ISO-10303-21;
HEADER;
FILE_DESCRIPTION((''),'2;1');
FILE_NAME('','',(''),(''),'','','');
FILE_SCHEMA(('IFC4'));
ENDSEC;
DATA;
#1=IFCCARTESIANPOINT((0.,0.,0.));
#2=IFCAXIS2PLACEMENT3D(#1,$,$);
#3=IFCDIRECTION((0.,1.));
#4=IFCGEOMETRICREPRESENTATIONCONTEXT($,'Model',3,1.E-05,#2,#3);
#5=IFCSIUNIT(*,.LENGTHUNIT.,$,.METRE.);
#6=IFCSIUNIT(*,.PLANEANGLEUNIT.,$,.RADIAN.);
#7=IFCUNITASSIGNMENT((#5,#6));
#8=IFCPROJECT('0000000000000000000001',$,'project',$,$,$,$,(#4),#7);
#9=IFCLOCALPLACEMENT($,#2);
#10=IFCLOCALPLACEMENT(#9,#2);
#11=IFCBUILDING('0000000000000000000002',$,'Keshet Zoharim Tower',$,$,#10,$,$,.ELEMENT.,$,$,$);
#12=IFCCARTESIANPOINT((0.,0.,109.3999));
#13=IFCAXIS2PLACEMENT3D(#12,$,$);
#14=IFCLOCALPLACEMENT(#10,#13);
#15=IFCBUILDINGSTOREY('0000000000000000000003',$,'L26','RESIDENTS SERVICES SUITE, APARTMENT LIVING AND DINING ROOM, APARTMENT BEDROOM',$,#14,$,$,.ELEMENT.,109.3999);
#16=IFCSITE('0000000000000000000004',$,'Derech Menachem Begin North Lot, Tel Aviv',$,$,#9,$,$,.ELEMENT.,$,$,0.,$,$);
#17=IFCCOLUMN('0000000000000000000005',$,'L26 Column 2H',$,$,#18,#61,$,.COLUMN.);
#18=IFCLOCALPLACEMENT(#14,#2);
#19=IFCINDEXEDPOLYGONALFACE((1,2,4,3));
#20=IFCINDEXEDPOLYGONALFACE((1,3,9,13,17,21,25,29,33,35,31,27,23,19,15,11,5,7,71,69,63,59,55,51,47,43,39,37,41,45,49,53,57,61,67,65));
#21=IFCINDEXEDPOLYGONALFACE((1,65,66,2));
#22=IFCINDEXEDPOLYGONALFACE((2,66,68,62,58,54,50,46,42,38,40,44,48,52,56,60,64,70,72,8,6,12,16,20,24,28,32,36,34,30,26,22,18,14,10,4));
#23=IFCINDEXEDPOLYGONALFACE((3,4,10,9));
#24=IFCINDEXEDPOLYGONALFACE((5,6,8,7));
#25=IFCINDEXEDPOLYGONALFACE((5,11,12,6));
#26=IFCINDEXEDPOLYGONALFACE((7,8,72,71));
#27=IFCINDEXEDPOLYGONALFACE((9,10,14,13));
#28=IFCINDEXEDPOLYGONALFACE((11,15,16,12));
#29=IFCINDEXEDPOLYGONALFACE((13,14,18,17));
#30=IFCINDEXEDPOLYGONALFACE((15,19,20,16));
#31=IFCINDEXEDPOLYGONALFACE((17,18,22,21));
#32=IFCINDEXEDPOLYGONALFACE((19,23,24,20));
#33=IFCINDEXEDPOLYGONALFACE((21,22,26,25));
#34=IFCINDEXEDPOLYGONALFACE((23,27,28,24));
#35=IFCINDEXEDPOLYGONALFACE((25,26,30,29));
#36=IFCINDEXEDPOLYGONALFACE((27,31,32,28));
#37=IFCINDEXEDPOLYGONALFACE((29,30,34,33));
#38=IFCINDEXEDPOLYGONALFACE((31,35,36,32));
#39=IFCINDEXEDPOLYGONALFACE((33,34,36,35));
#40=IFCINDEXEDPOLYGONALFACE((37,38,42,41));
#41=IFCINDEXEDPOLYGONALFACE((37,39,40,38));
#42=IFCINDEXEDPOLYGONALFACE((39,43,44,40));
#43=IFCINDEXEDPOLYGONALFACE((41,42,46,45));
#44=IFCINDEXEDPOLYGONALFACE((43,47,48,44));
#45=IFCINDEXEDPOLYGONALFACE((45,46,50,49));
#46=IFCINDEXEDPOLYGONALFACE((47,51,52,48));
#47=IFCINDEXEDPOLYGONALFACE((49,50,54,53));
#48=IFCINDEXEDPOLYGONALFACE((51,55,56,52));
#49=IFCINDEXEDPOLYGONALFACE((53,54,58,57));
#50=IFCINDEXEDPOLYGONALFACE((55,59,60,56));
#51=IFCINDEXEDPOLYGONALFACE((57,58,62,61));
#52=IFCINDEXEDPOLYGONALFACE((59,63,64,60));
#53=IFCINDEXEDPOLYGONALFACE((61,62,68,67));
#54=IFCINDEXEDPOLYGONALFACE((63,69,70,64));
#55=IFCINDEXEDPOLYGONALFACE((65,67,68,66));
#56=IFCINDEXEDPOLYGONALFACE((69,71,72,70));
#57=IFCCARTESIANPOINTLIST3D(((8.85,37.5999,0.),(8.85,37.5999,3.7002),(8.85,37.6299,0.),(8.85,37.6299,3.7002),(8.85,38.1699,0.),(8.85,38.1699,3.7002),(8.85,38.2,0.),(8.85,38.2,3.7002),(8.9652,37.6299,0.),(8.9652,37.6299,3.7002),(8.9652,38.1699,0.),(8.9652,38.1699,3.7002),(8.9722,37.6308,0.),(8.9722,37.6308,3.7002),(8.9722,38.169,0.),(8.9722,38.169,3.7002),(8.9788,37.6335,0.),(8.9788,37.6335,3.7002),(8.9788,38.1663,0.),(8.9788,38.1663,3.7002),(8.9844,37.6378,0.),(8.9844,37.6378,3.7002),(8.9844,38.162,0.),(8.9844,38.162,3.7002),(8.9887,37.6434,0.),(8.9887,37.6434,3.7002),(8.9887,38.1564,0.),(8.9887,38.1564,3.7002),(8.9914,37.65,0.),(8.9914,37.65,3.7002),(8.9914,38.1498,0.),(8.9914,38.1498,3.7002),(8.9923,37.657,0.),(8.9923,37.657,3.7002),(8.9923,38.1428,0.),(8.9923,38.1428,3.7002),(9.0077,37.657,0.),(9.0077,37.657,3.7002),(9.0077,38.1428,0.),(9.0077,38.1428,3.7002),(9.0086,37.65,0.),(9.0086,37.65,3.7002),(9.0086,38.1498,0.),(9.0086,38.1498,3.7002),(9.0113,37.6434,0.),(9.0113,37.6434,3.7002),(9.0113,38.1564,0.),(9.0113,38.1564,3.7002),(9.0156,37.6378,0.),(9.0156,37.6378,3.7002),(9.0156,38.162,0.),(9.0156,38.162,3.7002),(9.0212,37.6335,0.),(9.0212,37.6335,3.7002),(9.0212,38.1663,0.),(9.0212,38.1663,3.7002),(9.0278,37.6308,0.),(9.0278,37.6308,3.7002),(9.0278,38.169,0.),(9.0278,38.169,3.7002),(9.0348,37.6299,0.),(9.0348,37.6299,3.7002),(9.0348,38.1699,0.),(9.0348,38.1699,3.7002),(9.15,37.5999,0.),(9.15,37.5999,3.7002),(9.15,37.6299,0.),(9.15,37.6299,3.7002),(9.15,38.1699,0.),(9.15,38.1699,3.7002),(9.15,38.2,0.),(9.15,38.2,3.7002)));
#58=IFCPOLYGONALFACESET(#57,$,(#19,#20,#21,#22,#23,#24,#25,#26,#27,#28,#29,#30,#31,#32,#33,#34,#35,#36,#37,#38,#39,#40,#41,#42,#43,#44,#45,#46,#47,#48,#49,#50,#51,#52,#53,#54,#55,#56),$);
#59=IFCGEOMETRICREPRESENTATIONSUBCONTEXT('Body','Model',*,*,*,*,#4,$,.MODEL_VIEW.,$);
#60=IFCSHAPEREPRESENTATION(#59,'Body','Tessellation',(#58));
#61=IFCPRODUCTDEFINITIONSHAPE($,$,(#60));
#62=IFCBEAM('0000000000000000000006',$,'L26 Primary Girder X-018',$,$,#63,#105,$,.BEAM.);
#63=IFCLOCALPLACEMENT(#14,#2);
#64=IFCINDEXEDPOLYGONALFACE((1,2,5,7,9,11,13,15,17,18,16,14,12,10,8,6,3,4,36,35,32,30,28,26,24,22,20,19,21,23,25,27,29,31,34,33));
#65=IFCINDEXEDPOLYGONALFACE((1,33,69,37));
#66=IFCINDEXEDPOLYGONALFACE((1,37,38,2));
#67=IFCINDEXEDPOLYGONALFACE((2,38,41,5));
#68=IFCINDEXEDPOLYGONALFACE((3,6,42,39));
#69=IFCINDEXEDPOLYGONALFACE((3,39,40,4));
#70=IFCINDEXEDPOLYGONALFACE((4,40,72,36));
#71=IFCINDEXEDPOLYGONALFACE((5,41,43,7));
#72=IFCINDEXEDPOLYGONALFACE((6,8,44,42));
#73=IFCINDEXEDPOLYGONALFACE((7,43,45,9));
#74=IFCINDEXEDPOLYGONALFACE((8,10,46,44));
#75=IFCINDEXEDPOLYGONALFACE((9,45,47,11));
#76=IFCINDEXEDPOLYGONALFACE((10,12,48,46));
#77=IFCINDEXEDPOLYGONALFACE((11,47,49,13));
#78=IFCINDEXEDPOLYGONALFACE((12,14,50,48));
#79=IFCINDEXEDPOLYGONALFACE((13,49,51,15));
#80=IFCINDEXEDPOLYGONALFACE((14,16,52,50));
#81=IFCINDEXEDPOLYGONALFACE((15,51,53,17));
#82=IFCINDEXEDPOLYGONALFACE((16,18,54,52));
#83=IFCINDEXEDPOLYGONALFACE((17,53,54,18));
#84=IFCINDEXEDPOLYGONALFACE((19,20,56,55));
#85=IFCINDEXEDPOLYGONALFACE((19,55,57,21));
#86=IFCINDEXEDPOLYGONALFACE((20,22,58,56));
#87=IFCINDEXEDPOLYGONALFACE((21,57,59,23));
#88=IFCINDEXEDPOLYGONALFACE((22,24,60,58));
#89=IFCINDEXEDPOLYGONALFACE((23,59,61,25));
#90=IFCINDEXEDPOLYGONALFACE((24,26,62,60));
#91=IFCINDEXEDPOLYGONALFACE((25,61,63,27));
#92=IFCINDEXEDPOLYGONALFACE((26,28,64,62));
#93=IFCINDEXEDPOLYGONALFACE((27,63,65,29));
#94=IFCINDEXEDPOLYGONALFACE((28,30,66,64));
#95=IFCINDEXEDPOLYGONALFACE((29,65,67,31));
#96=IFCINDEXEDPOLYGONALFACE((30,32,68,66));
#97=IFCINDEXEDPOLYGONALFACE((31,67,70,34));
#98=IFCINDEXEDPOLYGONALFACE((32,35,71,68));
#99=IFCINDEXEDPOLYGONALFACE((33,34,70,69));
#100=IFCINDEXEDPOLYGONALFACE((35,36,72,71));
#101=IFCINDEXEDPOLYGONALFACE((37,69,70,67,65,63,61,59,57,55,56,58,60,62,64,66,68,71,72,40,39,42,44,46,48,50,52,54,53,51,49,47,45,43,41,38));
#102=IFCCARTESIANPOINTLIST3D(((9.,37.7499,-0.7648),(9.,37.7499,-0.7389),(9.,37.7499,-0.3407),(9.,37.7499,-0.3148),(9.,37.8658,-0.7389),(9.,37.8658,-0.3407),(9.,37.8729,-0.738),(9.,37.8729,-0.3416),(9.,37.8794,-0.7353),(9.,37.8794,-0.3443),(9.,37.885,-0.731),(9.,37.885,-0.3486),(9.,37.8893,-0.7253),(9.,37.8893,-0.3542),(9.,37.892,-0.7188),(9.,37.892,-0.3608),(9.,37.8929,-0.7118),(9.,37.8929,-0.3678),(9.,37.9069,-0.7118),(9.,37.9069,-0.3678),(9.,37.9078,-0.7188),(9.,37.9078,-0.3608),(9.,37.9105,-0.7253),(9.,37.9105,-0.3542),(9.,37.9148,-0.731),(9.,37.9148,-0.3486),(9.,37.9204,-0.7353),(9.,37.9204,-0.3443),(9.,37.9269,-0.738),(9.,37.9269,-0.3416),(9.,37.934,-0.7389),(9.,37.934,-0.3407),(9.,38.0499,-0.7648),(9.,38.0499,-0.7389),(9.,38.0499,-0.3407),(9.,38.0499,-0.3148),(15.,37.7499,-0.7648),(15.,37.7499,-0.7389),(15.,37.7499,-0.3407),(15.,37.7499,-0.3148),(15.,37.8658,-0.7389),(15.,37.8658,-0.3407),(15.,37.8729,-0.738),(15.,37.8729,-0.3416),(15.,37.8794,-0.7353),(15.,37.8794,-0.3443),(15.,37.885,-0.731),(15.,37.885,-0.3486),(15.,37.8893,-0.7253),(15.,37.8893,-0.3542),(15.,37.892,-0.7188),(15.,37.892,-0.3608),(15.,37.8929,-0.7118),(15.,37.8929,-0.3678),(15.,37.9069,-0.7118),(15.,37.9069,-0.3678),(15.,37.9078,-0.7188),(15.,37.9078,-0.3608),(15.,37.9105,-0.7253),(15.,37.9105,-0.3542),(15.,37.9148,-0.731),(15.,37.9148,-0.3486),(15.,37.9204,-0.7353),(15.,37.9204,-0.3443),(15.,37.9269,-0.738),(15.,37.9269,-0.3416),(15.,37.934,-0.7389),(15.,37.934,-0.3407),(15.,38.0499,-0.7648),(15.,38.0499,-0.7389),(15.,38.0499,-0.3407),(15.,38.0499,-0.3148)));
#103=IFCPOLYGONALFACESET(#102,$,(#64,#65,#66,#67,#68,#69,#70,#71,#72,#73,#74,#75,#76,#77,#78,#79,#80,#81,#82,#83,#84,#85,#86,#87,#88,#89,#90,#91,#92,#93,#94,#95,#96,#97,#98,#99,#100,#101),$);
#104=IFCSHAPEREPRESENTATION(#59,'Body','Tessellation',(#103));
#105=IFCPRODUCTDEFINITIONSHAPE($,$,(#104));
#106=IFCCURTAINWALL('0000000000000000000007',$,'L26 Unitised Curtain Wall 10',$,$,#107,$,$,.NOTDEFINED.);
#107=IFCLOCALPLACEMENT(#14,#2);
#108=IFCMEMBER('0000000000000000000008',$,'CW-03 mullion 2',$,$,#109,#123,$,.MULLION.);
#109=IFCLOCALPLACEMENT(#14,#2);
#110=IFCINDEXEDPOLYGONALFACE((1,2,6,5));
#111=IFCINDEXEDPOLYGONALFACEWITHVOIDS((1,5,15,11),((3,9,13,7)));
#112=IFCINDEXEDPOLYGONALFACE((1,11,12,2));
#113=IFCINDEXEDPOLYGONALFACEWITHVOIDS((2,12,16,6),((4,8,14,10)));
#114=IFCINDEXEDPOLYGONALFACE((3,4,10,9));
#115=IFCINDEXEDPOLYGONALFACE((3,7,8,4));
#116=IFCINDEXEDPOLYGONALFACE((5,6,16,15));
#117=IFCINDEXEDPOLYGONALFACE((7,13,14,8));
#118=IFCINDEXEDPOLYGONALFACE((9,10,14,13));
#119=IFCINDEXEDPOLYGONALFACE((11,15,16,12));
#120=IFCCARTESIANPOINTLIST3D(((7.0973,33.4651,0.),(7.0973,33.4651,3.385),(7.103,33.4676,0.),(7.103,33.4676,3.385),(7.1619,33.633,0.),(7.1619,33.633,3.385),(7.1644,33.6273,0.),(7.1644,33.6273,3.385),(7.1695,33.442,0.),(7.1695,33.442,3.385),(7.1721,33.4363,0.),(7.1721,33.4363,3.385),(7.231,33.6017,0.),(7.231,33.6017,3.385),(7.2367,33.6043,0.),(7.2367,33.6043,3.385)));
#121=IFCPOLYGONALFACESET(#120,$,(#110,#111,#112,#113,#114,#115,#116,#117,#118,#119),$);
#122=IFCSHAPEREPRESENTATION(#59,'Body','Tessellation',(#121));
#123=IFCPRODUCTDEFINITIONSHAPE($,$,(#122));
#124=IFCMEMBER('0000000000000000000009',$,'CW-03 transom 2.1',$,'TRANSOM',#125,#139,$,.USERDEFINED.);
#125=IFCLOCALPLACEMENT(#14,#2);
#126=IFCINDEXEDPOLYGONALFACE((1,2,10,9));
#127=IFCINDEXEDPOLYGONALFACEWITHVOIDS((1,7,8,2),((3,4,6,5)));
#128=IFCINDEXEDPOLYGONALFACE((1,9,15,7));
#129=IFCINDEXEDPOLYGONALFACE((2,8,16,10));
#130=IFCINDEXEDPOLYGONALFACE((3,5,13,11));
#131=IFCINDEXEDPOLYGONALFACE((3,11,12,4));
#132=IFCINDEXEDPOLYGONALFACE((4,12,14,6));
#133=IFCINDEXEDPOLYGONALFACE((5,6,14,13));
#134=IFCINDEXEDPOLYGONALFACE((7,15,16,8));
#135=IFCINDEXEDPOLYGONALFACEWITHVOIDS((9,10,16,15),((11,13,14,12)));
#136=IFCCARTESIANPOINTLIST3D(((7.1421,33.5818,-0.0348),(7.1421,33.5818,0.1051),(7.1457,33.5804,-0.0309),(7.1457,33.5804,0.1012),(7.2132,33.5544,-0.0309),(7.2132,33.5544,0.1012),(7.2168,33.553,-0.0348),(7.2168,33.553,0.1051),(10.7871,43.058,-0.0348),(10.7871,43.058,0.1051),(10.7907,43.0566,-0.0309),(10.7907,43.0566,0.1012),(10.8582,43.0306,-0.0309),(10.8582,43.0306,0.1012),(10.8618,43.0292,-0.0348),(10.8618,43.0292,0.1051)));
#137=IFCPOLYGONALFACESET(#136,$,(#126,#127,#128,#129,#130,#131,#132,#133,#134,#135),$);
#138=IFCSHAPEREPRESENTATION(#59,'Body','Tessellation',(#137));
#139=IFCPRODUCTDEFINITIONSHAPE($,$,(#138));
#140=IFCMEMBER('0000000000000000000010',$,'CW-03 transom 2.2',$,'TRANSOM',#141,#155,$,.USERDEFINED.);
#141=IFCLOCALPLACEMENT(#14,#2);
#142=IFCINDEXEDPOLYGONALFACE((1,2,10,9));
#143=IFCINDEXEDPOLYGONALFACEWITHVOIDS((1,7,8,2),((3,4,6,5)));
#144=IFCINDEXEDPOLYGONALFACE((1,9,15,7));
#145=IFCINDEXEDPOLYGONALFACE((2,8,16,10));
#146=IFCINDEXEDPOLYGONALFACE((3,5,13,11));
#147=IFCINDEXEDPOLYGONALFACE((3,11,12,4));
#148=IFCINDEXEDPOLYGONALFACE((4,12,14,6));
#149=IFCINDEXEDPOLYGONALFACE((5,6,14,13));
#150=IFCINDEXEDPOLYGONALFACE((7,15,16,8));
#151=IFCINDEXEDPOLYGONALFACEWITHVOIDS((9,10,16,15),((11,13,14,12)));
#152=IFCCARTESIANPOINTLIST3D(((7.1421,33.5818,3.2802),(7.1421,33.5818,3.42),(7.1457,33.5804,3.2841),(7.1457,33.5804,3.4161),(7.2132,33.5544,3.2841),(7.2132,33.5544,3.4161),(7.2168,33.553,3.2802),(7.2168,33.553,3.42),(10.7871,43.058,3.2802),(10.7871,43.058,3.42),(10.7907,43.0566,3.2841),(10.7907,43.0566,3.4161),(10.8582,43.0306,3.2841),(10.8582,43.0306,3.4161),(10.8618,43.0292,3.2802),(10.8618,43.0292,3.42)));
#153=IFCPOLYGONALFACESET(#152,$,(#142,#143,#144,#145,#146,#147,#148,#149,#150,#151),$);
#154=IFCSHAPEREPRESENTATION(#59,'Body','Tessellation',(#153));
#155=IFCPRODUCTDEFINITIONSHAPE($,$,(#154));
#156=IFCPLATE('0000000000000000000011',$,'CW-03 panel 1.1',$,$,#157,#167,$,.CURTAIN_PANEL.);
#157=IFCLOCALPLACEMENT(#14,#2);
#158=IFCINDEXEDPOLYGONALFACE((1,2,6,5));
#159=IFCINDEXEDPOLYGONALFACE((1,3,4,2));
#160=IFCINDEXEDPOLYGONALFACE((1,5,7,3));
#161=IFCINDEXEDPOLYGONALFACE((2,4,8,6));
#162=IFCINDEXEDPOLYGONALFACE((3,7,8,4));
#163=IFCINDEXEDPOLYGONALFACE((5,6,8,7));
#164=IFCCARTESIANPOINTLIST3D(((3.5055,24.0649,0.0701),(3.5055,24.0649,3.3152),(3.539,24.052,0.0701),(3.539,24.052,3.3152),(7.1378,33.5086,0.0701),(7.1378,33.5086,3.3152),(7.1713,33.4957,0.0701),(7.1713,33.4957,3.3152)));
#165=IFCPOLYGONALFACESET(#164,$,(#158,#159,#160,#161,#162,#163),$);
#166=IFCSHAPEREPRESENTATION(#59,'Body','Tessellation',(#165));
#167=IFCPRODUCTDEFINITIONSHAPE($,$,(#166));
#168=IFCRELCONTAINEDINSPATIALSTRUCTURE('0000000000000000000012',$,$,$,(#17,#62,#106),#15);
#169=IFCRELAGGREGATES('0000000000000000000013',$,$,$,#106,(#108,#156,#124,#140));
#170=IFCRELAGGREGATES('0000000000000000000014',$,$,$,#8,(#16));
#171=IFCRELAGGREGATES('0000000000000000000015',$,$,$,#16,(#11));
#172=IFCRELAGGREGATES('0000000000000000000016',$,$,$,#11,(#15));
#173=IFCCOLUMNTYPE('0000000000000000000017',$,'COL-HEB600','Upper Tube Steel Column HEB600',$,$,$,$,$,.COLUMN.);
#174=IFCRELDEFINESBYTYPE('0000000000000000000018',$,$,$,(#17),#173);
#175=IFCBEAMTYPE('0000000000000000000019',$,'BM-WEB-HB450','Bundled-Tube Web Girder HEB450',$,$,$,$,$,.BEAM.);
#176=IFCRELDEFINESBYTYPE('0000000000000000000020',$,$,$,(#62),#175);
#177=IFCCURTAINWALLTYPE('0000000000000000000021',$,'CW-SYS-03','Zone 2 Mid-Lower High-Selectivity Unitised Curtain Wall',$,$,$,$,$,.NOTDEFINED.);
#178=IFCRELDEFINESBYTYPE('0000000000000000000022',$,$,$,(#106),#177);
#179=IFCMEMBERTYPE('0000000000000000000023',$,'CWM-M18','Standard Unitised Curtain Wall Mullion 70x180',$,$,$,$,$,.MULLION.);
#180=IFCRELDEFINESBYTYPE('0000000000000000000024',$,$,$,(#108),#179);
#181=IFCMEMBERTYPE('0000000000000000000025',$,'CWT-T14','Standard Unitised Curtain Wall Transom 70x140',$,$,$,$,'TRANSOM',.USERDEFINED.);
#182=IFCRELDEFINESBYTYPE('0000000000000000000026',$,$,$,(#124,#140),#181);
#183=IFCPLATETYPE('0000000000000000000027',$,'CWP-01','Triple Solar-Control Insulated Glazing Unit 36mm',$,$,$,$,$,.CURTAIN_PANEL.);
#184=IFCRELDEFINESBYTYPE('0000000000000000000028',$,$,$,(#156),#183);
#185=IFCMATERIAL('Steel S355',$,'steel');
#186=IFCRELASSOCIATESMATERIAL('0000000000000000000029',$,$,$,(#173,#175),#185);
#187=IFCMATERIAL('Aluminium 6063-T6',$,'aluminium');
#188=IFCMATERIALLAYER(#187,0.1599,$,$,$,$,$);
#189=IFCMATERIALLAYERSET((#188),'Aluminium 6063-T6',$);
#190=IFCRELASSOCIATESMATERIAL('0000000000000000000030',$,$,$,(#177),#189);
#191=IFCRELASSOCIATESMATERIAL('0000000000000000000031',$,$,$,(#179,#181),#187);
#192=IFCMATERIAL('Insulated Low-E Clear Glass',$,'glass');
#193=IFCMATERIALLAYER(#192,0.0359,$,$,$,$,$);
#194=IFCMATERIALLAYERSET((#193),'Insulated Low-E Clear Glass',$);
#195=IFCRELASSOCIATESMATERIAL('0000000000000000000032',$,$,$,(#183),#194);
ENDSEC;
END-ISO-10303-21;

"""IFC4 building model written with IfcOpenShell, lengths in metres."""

from ifc_helpers import new_model, si_unit, direction, frame, origin, origin_2d, place, context, subcontext, project, spatial, rectangle, hollow_rectangle, i_section, extrude, material, layer, layer_set, material_profile, profile_set, type_object, element, aggregate, save


model = new_model("IFC4")

# Units and contexts
model_context = context("Model", 3, precision=1e-05, world=origin(), true_north=direction((0.0, 1.0)))
body_context = subcontext(model_context, "Body", "Model", "MODEL_VIEW")
ifc_project = project(units=[si_unit("LENGTHUNIT", "METRE"), si_unit("PLANEANGLEUNIT", "RADIAN")], contexts=[model_context])

# Site, building, storey
site_placement = place(None, origin())
site = spatial("IfcSite", under=ifc_project, at=site_placement, Name="Derech Menachem Begin North Lot, Tel Aviv", CompositionType="ELEMENT", RefElevation=0.0)
building_placement = place(site_placement, origin())
building = spatial("IfcBuilding", under=site, at=building_placement, Name="Keshet Zoharim Tower", CompositionType="ELEMENT")
storey_placement = place(building_placement, frame((0.0, 0.0, 109.3999)))
storey = spatial("IfcBuildingStorey", under=building, at=storey_placement, Name="L26", Description="RESIDENTS SERVICES SUITE, APARTMENT LIVING AND DINING ROOM, APARTMENT BEDROOM", CompositionType="ELEMENT", Elevation=109.3999)

# Column
ifc_material_1 = material(Name="Steel S355", Category="steel")
ifc_material_profile_1 = material_profile(ifc_material_1, i_section(OverallWidth=0.3, OverallDepth=0.6001, WebThickness=0.0154, FlangeThickness=0.03, FilletRadius=0.0271, at=origin_2d()), Name="HEB600")
ifc_profile_set_1 = profile_set([ifc_material_profile_1], Name="Steel S355")
column_type = type_object("IfcColumnType", Name="COL-HEB600", Description="Upper Tube Steel Column HEB600", PredefinedType="COLUMN", material=ifc_profile_set_1)
column_placement = place(storey_placement, frame((9.0, 37.8999, 0.0), z_axis=(0.0, 0.0, 1.0), x_axis=(1.0, 0.0, 0.0)))
element("IfcColumn", 1, at=column_placement, inside=storey, type_object=column_type, Name="L26 Column 2H", PredefinedType="COLUMN", context=body_context, shape_type="SweptSolid", body=[
    extrude(i_section(OverallWidth=0.3, OverallDepth=0.6001, WebThickness=0.0154, FlangeThickness=0.03, FilletRadius=0.0271, at=origin_2d()), origin(), (0.0, 0.0, 1.0), 3.7002),
])

# Beam
ifc_material_profile_2 = material_profile(ifc_material_1, i_section(OverallWidth=0.3, OverallDepth=0.45, WebThickness=0.0139, FlangeThickness=0.0259, FilletRadius=0.0271, at=origin_2d()), Name="HEB450")
ifc_profile_set_2 = profile_set([ifc_material_profile_2], Name="Steel S355")
beam_type = type_object("IfcBeamType", Name="BM-WEB-HB450", Description="Bundled-Tube Web Girder HEB450", PredefinedType="BEAM", material=ifc_profile_set_2)
beam_placement = place(storey_placement, frame((9.0, 37.8999, -0.5398), z_axis=(1.0, 0.0, 0.0), x_axis=(0.0, 1.0, 0.0)))
element("IfcBeam", 2, at=beam_placement, inside=storey, type_object=beam_type, Name="L26 Primary Girder X-018", PredefinedType="BEAM", context=body_context, shape_type="SweptSolid", body=[
    extrude(i_section(OverallWidth=0.3, OverallDepth=0.45, WebThickness=0.0139, FlangeThickness=0.0259, FilletRadius=0.0271, at=origin_2d()), origin(), (0.0, 0.0, 1.0), 6.0),
])

# Curtain wall, members, plate
ifc_material_2 = material(Name="Aluminium 6063-T6", Category="aluminium")
ifc_layer_1 = layer(ifc_material_2, 0.1599)
ifc_layer_set_1 = layer_set([ifc_layer_1], Name="Aluminium 6063-T6")
curtain_wall_type = type_object("IfcCurtainWallType", Name="CW-SYS-03", Description="Zone 2 Mid-Lower High-Selectivity Unitised Curtain Wall", PredefinedType="NOTDEFINED", material=ifc_layer_set_1)
curtain_wall_placement = place(storey_placement, origin())
curtain_wall = element("IfcCurtainWall", 3, at=curtain_wall_placement, inside=storey, type_object=curtain_wall_type, Name="L26 Unitised Curtain Wall 10", PredefinedType="NOTDEFINED")
ifc_material_profile_3 = material_profile(ifc_material_2, hollow_rectangle(XDim=0.0801, YDim=0.1799, WallThickness=0.0044, at=origin_2d()), Name="MUL-80x180")
ifc_profile_set_3 = profile_set([ifc_material_profile_3], Name="Aluminium 6063-T6")
member_type_1 = type_object("IfcMemberType", Name="CWM-M18", Description="Standard Unitised Curtain Wall Mullion 70x180", PredefinedType="MULLION", material=ifc_profile_set_3)
member_1_placement = place(storey_placement, frame((7.167, 33.5347, 0.0), z_axis=(0.0, 0.0, 1.0), x_axis=(-0.933341, 0.35899, 0.0)))
member_1 = element("IfcMember", 4, at=member_1_placement, type_object=member_type_1, Name="CW-03 mullion 2", PredefinedType="MULLION", context=body_context, shape_type="SweptSolid", body=[
    extrude(hollow_rectangle(XDim=0.0801, YDim=0.1799, WallThickness=0.0044, at=origin_2d()), origin(), (0.0, 0.0, 1.0), 3.385),
])
ifc_material_profile_4 = material_profile(ifc_material_2, hollow_rectangle(XDim=0.0801, YDim=0.1399, WallThickness=0.0039, at=origin_2d()), Name="TRN-80x140")
ifc_profile_set_4 = profile_set([ifc_material_profile_4], Name="Aluminium 6063-T6")
member_type_2 = type_object("IfcMemberType", Name="CWT-T14", Description="Standard Unitised Curtain Wall Transom 70x140", ElementType="TRANSOM", PredefinedType="USERDEFINED", material=ifc_profile_set_4)
member_2_placement = place(storey_placement, frame((7.1794, 33.5674, 0.0352), z_axis=(0.359003, 0.933336, 0.0), x_axis=(-0.933336, 0.359003, 0.0)))
member_2 = element("IfcMember", 5, at=member_2_placement, type_object=member_type_2, Name="CW-03 transom 2.1", ObjectType="TRANSOM", PredefinedType="USERDEFINED", context=body_context, shape_type="SweptSolid", body=[
    extrude(hollow_rectangle(XDim=0.0801, YDim=0.1399, WallThickness=0.0039, at=origin_2d()), origin(), (0.0, 0.0, 1.0), 10.1531),
])
member_3_placement = place(storey_placement, frame((7.1794, 33.5674, 3.3501), z_axis=(0.359003, 0.933336, 0.0), x_axis=(-0.933336, 0.359003, 0.0)))
member_3 = element("IfcMember", 6, at=member_3_placement, type_object=member_type_2, Name="CW-03 transom 2.2", ObjectType="TRANSOM", PredefinedType="USERDEFINED", context=body_context, shape_type="SweptSolid", body=[
    extrude(hollow_rectangle(XDim=0.0801, YDim=0.1399, WallThickness=0.0039, at=origin_2d()), origin(), (0.0, 0.0, 1.0), 10.1531),
])
ifc_material_3 = material(Name="Insulated Low-E Clear Glass", Category="glass")
ifc_layer_2 = layer(ifc_material_3, 0.0359)
ifc_layer_set_2 = layer_set([ifc_layer_2], Name="Insulated Low-E Clear Glass")
plate_type = type_object("IfcPlateType", Name="CWP-01", Description="Triple Solar-Control Insulated Glazing Unit 36mm", PredefinedType="CURTAIN_PANEL", material=ifc_layer_set_2)
plate_placement = place(storey_placement, frame((5.3384, 28.7803, 0.0701), z_axis=(0.0, 0.0, 1.0), x_axis=(0.35899, 0.933341, 0.0)))
plate = element("IfcPlate", 7, at=plate_placement, type_object=plate_type, Name="CW-03 panel 1.1", PredefinedType="CURTAIN_PANEL", context=body_context, shape_type="SweptSolid", body=[
    extrude(rectangle(XDim=10.1182, YDim=0.0359, at=origin_2d()), origin(), (0.0, 0.0, 1.0), 3.2451),
])
aggregate(curtain_wall, [member_1, plate, member_2, member_3])

save(model, "model.ifc")
